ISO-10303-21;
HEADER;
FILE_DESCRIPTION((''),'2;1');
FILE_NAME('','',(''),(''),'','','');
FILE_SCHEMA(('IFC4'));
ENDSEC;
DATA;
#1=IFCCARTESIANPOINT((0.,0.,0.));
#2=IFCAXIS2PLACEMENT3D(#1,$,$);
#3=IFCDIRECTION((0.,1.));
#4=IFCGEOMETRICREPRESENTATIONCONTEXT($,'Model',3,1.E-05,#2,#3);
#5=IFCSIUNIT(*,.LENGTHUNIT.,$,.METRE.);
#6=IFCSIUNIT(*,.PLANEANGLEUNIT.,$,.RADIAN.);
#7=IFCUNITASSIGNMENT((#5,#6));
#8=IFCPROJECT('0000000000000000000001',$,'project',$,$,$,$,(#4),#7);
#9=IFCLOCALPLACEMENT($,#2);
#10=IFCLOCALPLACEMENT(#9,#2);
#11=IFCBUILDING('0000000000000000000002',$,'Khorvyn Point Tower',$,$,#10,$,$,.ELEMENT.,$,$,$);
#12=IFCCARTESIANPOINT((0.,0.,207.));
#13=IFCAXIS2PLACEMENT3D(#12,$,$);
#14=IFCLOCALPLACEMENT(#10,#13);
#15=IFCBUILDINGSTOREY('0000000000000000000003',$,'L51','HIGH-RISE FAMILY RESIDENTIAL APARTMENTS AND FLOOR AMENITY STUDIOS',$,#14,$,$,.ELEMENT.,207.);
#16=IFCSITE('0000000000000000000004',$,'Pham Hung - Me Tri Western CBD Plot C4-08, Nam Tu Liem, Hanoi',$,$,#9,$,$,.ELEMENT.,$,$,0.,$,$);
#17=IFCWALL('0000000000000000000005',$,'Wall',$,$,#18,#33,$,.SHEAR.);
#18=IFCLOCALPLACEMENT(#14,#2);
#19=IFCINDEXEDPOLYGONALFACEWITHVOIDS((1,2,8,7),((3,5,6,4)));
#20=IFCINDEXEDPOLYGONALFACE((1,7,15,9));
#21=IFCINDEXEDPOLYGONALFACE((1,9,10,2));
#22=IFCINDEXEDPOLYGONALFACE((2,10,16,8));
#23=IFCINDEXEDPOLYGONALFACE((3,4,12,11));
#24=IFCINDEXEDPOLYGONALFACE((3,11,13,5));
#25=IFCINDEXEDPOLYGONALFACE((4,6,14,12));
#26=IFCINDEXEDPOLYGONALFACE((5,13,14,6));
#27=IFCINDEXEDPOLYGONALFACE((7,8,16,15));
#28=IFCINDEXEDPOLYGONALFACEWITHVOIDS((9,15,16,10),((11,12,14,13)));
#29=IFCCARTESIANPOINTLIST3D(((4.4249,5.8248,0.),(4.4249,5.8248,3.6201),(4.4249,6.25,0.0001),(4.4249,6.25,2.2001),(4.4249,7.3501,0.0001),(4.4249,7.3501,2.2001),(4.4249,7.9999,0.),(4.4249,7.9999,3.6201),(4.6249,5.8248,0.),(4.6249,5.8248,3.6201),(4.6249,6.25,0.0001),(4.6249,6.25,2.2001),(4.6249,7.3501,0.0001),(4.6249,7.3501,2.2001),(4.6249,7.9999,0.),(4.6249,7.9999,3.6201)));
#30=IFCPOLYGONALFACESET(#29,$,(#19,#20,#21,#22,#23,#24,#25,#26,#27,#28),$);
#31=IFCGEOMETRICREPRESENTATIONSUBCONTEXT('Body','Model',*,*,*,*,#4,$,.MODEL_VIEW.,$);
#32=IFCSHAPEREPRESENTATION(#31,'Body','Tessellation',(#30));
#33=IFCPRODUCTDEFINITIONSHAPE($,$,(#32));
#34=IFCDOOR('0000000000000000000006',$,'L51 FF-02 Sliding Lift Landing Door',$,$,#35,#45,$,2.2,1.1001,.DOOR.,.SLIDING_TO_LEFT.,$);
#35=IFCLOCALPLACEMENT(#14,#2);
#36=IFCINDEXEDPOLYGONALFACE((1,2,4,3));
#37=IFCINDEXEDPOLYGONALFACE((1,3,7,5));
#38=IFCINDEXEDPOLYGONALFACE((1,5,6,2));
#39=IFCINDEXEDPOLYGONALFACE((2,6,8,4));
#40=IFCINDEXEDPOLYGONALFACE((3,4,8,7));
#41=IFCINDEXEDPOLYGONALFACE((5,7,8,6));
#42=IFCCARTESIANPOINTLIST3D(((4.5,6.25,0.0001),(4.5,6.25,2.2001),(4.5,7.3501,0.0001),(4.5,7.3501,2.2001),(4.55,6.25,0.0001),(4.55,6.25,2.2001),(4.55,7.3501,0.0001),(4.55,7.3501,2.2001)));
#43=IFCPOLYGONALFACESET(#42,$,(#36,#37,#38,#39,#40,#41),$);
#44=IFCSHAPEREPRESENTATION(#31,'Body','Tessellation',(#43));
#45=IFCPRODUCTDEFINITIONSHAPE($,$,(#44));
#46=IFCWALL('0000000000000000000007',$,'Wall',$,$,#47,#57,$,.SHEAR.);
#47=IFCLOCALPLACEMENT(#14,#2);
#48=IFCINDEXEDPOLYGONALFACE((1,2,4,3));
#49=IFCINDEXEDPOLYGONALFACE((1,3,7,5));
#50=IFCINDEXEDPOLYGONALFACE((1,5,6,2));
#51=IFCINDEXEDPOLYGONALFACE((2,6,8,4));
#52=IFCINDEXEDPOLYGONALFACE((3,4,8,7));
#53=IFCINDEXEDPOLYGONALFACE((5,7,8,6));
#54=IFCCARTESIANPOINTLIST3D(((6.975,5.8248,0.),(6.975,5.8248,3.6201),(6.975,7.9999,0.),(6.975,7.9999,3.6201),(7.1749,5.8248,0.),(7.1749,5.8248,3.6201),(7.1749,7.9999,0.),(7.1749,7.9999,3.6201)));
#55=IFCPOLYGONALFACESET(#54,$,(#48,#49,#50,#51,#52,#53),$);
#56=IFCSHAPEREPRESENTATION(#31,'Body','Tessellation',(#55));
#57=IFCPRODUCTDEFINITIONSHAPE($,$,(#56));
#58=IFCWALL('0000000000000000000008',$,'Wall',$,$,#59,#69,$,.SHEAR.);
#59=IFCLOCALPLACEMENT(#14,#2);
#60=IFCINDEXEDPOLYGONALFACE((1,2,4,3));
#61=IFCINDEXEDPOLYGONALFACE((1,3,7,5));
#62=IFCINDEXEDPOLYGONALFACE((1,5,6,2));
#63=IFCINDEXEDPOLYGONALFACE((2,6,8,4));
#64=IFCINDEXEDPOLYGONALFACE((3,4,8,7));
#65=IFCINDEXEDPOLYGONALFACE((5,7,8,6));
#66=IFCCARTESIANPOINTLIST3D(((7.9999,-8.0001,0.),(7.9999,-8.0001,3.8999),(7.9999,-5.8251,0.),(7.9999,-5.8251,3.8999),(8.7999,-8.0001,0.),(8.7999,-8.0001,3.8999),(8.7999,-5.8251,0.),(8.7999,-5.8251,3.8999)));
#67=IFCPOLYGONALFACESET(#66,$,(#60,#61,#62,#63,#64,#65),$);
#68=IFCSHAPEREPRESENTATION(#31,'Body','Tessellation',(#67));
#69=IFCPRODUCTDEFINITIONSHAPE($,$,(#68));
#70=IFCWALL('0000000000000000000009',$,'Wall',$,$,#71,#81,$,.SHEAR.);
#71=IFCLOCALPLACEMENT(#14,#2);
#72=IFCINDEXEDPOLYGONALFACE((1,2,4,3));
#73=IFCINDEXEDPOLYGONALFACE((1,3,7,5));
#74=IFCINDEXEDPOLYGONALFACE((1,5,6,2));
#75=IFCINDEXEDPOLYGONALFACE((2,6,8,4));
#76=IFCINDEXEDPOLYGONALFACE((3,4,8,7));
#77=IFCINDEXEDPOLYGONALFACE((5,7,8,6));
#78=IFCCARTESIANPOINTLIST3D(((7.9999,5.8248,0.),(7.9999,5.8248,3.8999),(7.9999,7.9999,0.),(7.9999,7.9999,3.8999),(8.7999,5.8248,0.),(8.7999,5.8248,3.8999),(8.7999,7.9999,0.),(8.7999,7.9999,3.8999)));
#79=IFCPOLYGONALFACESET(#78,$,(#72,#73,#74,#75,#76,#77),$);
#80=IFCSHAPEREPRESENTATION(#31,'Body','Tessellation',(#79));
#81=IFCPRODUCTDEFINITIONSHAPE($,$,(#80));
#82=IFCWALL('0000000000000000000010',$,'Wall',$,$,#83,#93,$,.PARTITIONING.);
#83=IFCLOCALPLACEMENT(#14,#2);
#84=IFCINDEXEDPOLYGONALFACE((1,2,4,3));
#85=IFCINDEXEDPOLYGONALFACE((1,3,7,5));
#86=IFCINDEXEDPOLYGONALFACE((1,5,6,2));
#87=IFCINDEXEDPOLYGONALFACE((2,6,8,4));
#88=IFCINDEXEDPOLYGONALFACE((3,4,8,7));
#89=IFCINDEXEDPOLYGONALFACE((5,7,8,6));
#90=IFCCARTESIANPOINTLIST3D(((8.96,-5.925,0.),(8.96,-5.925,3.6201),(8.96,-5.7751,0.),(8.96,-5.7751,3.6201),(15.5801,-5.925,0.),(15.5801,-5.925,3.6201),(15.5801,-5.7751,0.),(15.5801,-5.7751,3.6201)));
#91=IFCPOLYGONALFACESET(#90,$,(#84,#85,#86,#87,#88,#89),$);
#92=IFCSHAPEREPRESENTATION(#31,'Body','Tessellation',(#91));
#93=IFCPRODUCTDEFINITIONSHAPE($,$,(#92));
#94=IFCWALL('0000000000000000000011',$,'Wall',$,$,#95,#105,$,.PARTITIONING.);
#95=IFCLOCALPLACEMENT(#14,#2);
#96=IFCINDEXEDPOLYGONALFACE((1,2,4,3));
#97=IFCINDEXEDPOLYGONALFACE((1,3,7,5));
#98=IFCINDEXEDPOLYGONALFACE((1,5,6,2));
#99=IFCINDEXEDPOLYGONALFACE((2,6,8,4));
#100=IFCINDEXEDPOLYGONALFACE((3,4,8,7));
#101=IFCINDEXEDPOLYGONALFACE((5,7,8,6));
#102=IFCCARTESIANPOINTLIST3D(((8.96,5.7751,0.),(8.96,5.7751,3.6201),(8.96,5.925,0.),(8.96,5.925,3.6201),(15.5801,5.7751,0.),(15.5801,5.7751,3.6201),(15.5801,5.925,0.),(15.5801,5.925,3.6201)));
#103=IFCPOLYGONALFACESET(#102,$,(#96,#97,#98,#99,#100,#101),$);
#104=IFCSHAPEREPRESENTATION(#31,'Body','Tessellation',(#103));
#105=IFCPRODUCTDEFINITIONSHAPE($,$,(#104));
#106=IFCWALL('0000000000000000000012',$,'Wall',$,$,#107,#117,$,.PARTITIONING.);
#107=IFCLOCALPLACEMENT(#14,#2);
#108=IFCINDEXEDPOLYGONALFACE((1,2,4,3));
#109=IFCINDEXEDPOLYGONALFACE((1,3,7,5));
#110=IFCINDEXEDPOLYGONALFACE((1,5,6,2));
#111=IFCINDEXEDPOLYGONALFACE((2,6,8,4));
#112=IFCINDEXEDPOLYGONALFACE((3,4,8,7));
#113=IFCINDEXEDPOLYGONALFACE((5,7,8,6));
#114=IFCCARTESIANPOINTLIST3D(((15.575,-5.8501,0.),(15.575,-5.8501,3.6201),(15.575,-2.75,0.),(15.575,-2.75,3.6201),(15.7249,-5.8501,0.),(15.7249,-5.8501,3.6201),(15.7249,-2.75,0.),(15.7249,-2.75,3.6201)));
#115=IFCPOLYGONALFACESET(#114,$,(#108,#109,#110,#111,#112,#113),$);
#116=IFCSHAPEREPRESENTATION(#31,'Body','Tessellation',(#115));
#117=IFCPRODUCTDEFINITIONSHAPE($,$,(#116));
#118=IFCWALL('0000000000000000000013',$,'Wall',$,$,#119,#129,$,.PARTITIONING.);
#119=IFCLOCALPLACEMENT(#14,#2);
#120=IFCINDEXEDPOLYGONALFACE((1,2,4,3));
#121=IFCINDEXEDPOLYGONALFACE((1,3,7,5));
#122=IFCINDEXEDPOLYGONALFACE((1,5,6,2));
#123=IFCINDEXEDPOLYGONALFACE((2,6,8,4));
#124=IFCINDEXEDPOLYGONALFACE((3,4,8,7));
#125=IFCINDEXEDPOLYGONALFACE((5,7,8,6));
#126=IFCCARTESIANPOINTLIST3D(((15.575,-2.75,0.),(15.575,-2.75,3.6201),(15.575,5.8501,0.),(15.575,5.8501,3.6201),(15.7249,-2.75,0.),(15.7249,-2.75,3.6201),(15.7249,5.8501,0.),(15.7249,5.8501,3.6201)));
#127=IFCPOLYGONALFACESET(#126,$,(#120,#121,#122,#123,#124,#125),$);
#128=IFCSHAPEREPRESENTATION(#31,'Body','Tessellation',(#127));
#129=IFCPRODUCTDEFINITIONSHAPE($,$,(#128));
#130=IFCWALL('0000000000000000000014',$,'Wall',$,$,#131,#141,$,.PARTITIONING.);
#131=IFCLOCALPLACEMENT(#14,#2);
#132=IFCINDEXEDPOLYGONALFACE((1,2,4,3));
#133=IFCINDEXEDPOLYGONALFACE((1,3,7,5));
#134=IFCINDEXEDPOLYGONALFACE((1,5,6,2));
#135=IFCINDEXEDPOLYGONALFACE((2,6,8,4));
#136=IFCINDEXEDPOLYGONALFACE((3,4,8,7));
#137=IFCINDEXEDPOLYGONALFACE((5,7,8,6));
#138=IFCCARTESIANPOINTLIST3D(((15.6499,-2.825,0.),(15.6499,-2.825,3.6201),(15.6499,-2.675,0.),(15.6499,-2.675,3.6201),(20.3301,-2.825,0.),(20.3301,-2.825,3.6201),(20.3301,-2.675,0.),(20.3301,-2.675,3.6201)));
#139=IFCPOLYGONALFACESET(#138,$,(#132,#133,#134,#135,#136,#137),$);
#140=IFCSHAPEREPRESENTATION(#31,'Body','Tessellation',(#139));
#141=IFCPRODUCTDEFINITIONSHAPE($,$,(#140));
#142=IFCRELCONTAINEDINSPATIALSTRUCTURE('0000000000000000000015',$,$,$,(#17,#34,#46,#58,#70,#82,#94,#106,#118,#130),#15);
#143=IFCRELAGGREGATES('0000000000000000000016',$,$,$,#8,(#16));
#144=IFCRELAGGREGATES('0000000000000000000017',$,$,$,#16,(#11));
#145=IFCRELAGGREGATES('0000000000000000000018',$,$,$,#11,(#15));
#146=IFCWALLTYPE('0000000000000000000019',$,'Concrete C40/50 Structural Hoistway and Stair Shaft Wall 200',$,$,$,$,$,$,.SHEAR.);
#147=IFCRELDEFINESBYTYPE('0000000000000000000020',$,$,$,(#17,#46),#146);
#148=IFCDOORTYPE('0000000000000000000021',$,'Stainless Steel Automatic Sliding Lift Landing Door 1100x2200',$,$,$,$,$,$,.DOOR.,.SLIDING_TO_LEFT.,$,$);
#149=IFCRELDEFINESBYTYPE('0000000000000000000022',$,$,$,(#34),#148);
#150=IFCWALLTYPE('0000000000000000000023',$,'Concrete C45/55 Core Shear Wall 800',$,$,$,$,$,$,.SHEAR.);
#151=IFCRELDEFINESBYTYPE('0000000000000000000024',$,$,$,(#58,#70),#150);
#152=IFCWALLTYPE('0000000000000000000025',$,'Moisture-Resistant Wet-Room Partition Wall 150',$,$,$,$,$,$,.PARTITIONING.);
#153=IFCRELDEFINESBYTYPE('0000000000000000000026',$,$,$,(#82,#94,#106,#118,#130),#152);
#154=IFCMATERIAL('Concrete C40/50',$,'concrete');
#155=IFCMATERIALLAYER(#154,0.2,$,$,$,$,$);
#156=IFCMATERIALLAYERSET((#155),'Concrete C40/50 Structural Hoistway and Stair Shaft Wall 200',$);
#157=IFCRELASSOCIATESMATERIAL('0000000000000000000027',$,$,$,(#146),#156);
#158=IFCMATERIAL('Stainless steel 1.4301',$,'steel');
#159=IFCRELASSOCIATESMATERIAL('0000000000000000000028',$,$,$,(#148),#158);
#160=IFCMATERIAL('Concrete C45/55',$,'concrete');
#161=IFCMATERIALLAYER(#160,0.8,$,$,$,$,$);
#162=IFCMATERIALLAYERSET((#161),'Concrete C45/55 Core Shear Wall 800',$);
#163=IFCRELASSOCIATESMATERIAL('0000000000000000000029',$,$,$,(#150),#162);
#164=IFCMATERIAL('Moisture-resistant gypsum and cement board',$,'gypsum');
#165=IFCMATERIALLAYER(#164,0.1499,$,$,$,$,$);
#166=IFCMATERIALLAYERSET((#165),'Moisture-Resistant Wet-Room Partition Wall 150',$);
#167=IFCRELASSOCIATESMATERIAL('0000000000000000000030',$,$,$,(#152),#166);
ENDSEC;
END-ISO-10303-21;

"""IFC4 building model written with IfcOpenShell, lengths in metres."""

from ifc_helpers import new_model, si_unit, direction, frame, frame_2d, origin, place, context, subcontext, project, spatial, rectangle, extrude, material, layer, layer_set, type_object, element, fill, save


model = new_model("IFC4")

# Units and contexts
model_context = context("Model", 3, precision=1e-05, world=origin(), true_north=direction((0.0, 1.0)))
body_context = subcontext(model_context, "Body", "Model", "MODEL_VIEW")
ifc_project = project(units=[si_unit("LENGTHUNIT", "METRE"), si_unit("PLANEANGLEUNIT", "RADIAN")], contexts=[model_context])

# Site, building, storey
site_placement = place(None, origin())
site = spatial("IfcSite", under=ifc_project, at=site_placement, Name="Pham Hung - Me Tri Western CBD Plot C4-08, Nam Tu Liem, Hanoi", CompositionType="ELEMENT", RefElevation=0.0)
building_placement = place(site_placement, origin())
building = spatial("IfcBuilding", under=site, at=building_placement, Name="Khorvyn Point Tower", CompositionType="ELEMENT")
storey_placement = place(building_placement, frame((0.0, 0.0, 207.0)))
storey = spatial("IfcBuildingStorey", under=building, at=storey_placement, Name="L51", Description="HIGH-RISE FAMILY RESIDENTIAL APARTMENTS AND FLOOR AMENITY STUDIOS", CompositionType="ELEMENT", Elevation=207.0)

# Shared definitions
ifc_material_1 = material(Name="Concrete C45/55", Category="concrete")

# Shared definitions
ifc_material_2 = material(Name="Concrete C40/50", Category="concrete")

# Wall, opening, door
ifc_layer_1 = layer(ifc_material_2, 0.2)
ifc_layer_set_1 = layer_set([ifc_layer_1], Name="Concrete C40/50 Structural Hoistway and Stair Shaft Wall 200")
wall_type_1 = type_object("IfcWallType", Name="Concrete C40/50 Structural Hoistway and Stair Shaft Wall 200", PredefinedType="SHEAR", material=ifc_layer_set_1)
wall_1_placement = place(storey_placement, frame((4.5249, 5.825, 0.0), z_axis=(0.0, 0.0, 1.0), x_axis=(0.0, 1.0, 0.0)))
wall_1 = element("IfcWall", 1, at=wall_1_placement, inside=storey, type_object=wall_type_1, Name="Wall", PredefinedType="SHEAR", context=body_context, shape_type="SweptSolid", body=[
    extrude(rectangle(XDim=2.175, YDim=0.2, at=frame_2d((1.0874, 0.0))), origin(), (0.0, 0.0, 1.0), 3.6201),
])
opening_placement = place(wall_1_placement, frame((0.425, 0.0, 0.0)))
opening = element("IfcOpeningElement", 2, at=opening_placement, cuts=wall_1, PredefinedType="OPENING", context=body_context, shape_type="SweptSolid", body=[
    extrude(rectangle(XDim=1.1001, YDim=2.2, at=frame_2d((0.55, 1.1001))), frame((0.0, 0.1099, 0.0), z_axis=(0.0, -1.0, 0.0), x_axis=(1.0, 0.0, 0.0)), (0.0, 0.0, 1.0), 0.22),
])
ifc_material_3 = material(Name="Stainless steel 1.4301", Category="steel")
door_type = type_object("IfcDoorType", Name="Stainless Steel Automatic Sliding Lift Landing Door 1100x2200", OperationType="SLIDING_TO_LEFT", PredefinedType="DOOR", material=ifc_material_3)
door_placement = place(opening_placement, origin())
door = element("IfcDoor", 3, at=door_placement, inside=storey, type_object=door_type, Name="L51 FF-02 Sliding Lift Landing Door", OperationType="SLIDING_TO_LEFT", OverallHeight=2.2, OverallWidth=1.1001, PredefinedType="DOOR", context=body_context, shape_type="SweptSolid", body=[
    extrude(rectangle(XDim=1.1001, YDim=2.2, at=frame_2d((0.55, 1.1001))), frame((0.0, 0.0249, 0.0), z_axis=(0.0, -1.0, 0.0), x_axis=(1.0, 0.0, 0.0)), (0.0, 0.0, 1.0), 0.05),
])
fill(opening, door)

# Walls
wall_2_placement = place(storey_placement, frame((7.075, 5.825, 0.0), z_axis=(0.0, 0.0, 1.0), x_axis=(0.0, 1.0, 0.0)))
element("IfcWall", 4, at=wall_2_placement, inside=storey, type_object=wall_type_1, Name="Wall", PredefinedType="SHEAR", context=body_context, shape_type="SweptSolid", body=[
    extrude(rectangle(XDim=2.175, YDim=0.2, at=frame_2d((1.0874, 0.0))), origin(), (0.0, 0.0, 1.0), 3.6201),
])
ifc_layer_2 = layer(ifc_material_1, 0.8)
ifc_layer_set_2 = layer_set([ifc_layer_2], Name="Concrete C45/55 Core Shear Wall 800")
wall_type_2 = type_object("IfcWallType", Name="Concrete C45/55 Core Shear Wall 800", PredefinedType="SHEAR", material=ifc_layer_set_2)
for number, where, z_axis, x_axis, name in (
    (5, (8.3999, -8.0, 0.0), (0.0, 0.0, 1.0), (0.0, 1.0, 0.0), "Wall"),
    (6, (8.3999, 5.825, 0.0), (0.0, 0.0, 1.0), (0.0, 1.0, 0.0), "Wall"),
):
    element("IfcWall", number, at=place(storey_placement, frame(where, z_axis=z_axis, x_axis=x_axis)), inside=storey, type_object=wall_type_2, Name=name, PredefinedType="SHEAR", context=body_context, shape_type="SweptSolid", body=[
        extrude(rectangle(XDim=2.175, YDim=0.8, at=frame_2d((1.0874, 0.0))), origin(), (0.0, 0.0, 1.0), 3.8999),
    ])
ifc_material_4 = material(Name="Moisture-resistant gypsum and cement board", Category="gypsum")
ifc_layer_3 = layer(ifc_material_4, 0.1499)
ifc_layer_set_3 = layer_set([ifc_layer_3], Name="Moisture-Resistant Wet-Room Partition Wall 150")
wall_type_3 = type_object("IfcWallType", Name="Moisture-Resistant Wet-Room Partition Wall 150", PredefinedType="PARTITIONING", material=ifc_layer_set_3)
for number, where, z_axis, x_axis, name in (
    (7, (8.96, -5.8501, 0.0), (0.0, 0.0, 1.0), (1.0, 0.0, 0.0), "Wall"),
    (8, (8.96, 5.8501, 0.0), (0.0, 0.0, 1.0), (1.0, 0.0, 0.0), "Wall"),
):
    element("IfcWall", number, at=place(storey_placement, frame(where, z_axis=z_axis, x_axis=x_axis)), inside=storey, type_object=wall_type_3, Name=name, PredefinedType="PARTITIONING", context=body_context, shape_type="SweptSolid", body=[
        extrude(rectangle(XDim=6.6201, YDim=0.1499, at=frame_2d((3.3101, 0.0))), origin(), (0.0, 0.0, 1.0), 3.6201),
    ])
wall_3_placement = place(storey_placement, frame((15.6499, -5.8501, 0.0), z_axis=(0.0, 0.0, 1.0), x_axis=(0.0, 1.0, 0.0)))
element("IfcWall", 9, at=wall_3_placement, inside=storey, type_object=wall_type_3, Name="Wall", PredefinedType="PARTITIONING", context=body_context, shape_type="SweptSolid", body=[
    extrude(rectangle(XDim=3.1001, YDim=0.1499, at=frame_2d((1.55, 0.0))), origin(), (0.0, 0.0, 1.0), 3.6201),
])
wall_4_placement = place(storey_placement, frame((15.6499, -2.75, 0.0), z_axis=(0.0, 0.0, 1.0), x_axis=(0.0, 1.0, 0.0)))
element("IfcWall", 10, at=wall_4_placement, inside=storey, type_object=wall_type_3, Name="Wall", PredefinedType="PARTITIONING", context=body_context, shape_type="SweptSolid", body=[
    extrude(rectangle(XDim=8.6001, YDim=0.1499, at=frame_2d((4.3, 0.0))), origin(), (0.0, 0.0, 1.0), 3.6201),
])
wall_5_placement = place(storey_placement, frame((15.6499, -2.75, 0.0), z_axis=(0.0, 0.0, 1.0), x_axis=(1.0, 0.0, 0.0)))
element("IfcWall", 11, at=wall_5_placement, inside=storey, type_object=wall_type_3, Name="Wall", PredefinedType="PARTITIONING", context=body_context, shape_type="SweptSolid", body=[
    extrude(rectangle(XDim=4.6802, YDim=0.1499, at=frame_2d((2.3401, 0.0))), origin(), (0.0, 0.0, 1.0), 3.6201),
])

save(model, "model.ifc")
